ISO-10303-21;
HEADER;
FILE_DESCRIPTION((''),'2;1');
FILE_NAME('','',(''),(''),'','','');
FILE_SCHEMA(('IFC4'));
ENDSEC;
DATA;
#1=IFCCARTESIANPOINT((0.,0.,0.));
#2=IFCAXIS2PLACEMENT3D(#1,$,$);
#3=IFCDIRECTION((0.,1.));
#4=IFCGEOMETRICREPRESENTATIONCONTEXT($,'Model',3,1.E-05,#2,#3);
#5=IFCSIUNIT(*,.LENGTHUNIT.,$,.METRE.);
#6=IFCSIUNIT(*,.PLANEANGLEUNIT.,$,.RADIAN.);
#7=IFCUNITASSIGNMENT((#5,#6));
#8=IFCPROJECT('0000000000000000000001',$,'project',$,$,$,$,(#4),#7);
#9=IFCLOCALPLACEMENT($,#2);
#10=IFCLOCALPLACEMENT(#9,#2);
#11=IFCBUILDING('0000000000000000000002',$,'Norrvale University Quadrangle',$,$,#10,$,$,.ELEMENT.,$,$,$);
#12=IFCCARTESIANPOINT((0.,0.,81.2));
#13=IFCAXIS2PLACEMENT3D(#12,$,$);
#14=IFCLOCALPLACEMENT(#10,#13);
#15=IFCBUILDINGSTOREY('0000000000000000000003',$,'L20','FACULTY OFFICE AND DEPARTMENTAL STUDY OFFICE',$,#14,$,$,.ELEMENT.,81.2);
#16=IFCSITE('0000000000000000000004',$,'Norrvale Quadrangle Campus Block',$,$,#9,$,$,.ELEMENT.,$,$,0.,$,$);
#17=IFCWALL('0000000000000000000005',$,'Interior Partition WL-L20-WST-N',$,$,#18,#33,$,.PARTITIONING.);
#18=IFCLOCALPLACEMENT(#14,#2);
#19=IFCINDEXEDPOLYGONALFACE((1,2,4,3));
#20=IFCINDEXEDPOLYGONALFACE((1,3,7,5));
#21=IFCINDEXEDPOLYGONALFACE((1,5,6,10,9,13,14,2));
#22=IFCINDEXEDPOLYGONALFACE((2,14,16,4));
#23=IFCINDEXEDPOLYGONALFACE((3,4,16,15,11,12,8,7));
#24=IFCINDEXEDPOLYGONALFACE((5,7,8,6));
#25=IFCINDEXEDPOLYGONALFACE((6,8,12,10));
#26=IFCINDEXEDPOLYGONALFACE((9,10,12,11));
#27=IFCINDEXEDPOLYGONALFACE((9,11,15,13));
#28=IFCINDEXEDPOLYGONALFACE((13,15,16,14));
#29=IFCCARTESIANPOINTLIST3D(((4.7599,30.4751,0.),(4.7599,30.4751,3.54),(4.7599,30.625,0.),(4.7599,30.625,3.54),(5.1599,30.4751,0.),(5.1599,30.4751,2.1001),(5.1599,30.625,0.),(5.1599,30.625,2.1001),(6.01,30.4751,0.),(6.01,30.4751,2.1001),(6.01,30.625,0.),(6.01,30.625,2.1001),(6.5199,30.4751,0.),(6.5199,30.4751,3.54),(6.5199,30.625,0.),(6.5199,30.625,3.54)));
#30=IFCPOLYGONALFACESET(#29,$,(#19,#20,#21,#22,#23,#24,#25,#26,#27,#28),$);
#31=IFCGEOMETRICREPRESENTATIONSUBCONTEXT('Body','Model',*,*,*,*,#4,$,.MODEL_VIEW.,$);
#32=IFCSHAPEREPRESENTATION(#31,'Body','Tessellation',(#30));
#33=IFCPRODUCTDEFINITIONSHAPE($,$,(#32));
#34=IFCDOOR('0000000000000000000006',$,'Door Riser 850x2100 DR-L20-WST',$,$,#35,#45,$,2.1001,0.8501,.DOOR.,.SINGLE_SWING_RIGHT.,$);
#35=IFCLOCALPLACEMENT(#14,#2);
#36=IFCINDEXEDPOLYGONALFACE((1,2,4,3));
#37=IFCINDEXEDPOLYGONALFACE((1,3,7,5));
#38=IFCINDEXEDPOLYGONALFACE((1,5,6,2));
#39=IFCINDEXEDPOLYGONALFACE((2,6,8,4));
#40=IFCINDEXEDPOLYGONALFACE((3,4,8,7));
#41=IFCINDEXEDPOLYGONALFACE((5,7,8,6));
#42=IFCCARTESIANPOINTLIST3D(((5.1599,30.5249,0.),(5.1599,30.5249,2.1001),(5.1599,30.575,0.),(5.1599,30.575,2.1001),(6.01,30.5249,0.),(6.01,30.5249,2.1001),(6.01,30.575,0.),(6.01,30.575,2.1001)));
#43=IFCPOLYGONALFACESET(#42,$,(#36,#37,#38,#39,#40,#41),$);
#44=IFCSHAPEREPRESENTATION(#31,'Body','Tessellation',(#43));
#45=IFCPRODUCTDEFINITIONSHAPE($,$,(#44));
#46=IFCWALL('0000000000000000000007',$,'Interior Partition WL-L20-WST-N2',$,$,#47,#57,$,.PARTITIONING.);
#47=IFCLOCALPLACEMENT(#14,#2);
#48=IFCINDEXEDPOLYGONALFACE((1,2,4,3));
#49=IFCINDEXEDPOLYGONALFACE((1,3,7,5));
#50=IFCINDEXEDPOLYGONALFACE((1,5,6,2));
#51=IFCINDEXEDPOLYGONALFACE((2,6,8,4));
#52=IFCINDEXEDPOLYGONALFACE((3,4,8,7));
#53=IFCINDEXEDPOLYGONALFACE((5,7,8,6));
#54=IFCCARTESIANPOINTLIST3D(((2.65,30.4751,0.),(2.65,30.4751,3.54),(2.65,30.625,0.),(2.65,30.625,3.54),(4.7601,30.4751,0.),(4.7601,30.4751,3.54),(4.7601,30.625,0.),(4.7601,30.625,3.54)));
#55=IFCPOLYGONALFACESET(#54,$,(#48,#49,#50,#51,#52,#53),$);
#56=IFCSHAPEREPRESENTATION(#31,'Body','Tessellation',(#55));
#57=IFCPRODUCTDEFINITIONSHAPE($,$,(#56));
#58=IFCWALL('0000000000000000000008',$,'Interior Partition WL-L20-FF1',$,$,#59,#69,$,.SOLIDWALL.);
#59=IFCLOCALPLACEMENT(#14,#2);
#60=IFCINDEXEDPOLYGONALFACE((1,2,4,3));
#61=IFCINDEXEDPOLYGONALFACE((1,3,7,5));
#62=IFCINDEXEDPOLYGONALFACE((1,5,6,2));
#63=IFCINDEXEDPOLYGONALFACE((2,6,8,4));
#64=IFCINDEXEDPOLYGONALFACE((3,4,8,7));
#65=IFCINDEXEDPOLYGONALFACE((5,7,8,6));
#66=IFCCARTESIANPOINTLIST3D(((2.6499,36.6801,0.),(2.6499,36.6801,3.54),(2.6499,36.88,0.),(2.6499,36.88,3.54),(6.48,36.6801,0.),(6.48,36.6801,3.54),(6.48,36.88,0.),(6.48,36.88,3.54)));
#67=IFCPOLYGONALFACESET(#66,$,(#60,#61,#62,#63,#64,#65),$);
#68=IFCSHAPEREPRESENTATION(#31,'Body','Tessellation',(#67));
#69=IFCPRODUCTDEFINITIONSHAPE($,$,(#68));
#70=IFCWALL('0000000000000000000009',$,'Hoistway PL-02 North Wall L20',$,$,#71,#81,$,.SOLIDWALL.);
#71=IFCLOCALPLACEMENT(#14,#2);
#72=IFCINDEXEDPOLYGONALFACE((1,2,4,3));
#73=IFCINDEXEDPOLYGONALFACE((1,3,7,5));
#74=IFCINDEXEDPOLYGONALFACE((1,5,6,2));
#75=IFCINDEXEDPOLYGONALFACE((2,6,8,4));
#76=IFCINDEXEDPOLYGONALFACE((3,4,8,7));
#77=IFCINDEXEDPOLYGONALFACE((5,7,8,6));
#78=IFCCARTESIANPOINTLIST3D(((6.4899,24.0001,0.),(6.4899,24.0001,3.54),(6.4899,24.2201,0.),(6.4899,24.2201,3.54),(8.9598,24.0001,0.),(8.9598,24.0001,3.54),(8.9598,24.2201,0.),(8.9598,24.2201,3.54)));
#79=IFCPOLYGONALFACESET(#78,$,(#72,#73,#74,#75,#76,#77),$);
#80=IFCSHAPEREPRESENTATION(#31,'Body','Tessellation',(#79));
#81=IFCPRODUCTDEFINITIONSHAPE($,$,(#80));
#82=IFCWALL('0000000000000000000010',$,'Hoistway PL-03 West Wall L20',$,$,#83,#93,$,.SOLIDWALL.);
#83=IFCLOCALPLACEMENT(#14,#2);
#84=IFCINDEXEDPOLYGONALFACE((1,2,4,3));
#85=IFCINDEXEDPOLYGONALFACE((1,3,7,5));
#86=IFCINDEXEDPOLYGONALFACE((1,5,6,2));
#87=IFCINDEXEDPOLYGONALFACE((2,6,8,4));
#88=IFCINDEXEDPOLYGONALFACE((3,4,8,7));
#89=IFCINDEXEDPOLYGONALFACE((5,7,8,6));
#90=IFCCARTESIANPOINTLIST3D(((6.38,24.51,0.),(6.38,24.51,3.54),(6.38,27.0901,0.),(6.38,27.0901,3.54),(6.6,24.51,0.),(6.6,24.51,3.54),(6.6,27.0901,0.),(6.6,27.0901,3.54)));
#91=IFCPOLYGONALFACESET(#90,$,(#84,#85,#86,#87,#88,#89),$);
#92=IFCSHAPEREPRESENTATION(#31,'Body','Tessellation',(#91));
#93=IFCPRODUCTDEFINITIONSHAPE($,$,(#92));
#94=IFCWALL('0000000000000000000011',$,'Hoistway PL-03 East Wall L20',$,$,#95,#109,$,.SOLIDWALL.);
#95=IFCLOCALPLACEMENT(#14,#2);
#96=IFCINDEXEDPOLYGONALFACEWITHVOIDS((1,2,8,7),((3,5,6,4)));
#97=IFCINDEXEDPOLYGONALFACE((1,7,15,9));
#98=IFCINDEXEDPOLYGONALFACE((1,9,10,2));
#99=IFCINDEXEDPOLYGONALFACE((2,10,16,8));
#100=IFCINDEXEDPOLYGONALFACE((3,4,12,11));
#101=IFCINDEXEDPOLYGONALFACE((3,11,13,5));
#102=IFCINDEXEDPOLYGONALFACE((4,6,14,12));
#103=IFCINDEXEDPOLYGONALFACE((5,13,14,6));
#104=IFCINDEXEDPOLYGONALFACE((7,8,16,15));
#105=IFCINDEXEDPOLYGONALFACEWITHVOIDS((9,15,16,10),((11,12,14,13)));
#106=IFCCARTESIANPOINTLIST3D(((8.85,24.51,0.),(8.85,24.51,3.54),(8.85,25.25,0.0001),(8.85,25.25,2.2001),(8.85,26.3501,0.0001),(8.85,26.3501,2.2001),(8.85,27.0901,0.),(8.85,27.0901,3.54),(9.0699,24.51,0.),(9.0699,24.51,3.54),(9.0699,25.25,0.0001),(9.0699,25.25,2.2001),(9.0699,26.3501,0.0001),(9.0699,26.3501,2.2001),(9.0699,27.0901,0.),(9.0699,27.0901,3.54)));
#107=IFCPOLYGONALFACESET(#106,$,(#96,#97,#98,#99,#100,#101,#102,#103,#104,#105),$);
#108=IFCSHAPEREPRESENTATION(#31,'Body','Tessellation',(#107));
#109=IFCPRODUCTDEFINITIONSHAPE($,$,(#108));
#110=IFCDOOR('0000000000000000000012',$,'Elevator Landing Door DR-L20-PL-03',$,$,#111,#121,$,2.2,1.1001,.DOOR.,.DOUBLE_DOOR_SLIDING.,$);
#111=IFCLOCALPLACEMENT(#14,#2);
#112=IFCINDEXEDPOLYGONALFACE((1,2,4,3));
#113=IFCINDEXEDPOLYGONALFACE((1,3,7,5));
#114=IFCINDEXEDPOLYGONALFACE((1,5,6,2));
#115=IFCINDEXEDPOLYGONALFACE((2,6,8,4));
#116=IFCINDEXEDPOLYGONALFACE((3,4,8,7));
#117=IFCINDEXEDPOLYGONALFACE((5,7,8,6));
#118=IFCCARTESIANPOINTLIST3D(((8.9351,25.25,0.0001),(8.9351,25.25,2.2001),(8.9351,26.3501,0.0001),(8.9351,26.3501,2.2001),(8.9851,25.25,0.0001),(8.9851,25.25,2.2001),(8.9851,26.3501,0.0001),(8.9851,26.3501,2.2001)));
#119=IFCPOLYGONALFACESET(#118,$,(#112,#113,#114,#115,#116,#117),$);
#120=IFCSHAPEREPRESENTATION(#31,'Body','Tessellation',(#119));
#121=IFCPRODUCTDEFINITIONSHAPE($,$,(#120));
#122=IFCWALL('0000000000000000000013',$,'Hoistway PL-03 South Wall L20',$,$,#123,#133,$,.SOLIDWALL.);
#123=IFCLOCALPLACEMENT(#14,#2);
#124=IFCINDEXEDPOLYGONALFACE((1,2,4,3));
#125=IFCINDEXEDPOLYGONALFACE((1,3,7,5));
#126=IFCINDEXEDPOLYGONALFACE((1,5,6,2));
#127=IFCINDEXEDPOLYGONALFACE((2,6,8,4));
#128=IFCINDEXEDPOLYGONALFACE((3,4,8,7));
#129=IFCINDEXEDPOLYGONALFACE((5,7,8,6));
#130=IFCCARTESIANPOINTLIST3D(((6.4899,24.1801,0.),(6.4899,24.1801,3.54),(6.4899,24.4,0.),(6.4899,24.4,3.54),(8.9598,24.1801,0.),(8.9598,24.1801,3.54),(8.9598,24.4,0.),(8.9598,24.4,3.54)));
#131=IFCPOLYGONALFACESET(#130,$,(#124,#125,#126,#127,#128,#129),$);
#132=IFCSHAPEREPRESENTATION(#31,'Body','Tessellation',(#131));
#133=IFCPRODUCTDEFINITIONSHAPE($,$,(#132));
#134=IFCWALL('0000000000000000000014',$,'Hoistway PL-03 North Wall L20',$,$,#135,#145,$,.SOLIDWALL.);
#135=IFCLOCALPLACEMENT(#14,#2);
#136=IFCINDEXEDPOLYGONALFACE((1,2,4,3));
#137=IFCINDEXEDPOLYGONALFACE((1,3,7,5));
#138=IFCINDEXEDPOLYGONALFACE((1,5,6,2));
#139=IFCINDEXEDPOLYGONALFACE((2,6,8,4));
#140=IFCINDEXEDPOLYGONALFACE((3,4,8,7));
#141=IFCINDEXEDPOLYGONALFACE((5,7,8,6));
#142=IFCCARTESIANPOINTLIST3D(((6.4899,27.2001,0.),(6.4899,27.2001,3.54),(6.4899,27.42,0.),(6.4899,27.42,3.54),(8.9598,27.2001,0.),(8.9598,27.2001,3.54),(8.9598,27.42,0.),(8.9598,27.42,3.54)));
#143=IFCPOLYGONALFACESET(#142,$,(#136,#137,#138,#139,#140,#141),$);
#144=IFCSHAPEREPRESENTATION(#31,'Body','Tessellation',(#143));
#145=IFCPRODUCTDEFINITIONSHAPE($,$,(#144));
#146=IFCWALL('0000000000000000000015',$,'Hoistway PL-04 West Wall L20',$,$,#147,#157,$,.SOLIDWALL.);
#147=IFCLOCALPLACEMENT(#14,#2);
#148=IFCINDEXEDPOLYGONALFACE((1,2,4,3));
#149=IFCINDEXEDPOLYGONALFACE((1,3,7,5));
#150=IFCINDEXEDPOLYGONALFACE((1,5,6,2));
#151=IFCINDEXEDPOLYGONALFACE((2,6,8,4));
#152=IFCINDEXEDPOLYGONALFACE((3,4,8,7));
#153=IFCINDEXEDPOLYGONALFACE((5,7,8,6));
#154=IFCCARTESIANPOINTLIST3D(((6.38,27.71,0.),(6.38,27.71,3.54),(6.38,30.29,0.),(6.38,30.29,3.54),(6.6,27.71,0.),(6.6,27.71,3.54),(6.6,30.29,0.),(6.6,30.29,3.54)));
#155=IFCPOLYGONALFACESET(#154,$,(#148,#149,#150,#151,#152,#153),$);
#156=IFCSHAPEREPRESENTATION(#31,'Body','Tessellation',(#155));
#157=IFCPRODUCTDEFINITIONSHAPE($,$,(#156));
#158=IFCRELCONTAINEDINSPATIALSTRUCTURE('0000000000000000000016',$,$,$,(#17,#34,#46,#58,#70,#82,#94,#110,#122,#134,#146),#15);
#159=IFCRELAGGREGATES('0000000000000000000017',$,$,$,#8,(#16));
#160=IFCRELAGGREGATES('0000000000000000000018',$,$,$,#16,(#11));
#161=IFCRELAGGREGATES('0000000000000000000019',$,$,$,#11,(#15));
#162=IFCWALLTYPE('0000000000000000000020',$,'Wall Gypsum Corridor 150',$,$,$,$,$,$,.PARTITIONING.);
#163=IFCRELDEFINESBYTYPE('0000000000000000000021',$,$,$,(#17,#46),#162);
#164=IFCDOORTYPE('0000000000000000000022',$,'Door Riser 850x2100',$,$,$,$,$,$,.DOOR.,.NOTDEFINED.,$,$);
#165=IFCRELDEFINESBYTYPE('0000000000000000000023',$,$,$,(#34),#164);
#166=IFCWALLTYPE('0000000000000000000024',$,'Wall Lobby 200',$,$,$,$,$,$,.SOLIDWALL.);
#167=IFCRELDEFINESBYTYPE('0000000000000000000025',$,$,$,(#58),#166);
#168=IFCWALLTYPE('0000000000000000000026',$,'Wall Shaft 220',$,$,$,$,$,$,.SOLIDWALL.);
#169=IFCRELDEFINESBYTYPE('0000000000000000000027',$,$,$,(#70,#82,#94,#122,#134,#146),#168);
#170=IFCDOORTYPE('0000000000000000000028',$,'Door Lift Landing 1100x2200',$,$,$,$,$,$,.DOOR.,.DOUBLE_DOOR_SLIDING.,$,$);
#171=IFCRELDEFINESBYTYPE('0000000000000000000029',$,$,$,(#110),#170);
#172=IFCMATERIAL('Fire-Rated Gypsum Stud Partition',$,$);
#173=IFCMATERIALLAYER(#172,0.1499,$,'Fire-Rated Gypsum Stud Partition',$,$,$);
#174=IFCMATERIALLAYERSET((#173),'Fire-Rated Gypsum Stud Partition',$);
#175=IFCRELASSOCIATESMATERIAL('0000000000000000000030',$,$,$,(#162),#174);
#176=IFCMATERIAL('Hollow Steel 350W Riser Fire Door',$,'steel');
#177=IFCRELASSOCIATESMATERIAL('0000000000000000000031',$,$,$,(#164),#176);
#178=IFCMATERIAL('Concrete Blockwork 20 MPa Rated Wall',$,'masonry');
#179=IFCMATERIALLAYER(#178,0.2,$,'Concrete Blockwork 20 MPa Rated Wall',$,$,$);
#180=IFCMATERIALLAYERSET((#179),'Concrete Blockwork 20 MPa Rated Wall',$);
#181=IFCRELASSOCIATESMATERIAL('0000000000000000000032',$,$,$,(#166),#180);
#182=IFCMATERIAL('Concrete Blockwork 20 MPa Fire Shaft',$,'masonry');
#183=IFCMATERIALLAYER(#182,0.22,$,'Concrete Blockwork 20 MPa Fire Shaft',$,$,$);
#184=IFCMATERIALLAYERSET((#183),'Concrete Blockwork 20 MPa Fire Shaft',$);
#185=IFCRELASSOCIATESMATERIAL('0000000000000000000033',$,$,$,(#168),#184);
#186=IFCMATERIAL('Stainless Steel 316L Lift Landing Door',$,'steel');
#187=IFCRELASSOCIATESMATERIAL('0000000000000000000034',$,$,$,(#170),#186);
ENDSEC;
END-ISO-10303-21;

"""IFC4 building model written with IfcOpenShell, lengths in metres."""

from ifc_helpers import new_model, si_unit, direction, frame, frame_2d, origin, place, context, subcontext, project, spatial, rectangle, extrude, material, layer, layer_set, type_object, element, fill, save


model = new_model("IFC4")

# Units and contexts
model_context = context("Model", 3, precision=1e-05, world=origin(), true_north=direction((0.0, 1.0)))
body_context = subcontext(model_context, "Body", "Model", "MODEL_VIEW")
ifc_project = project(units=[si_unit("LENGTHUNIT", "METRE"), si_unit("PLANEANGLEUNIT", "RADIAN")], contexts=[model_context])

# Site, building, storey
site_placement = place(None, origin())
site = spatial("IfcSite", under=ifc_project, at=site_placement, Name="Norrvale Quadrangle Campus Block", CompositionType="ELEMENT", RefElevation=0.0)
building_placement = place(site_placement, origin())
building = spatial("IfcBuilding", under=site, at=building_placement, Name="Norrvale University Quadrangle", CompositionType="ELEMENT")
storey_placement = place(building_placement, frame((0.0, 0.0, 81.2)))
storey = spatial("IfcBuildingStorey", under=building, at=storey_placement, Name="L20", Description="FACULTY OFFICE AND DEPARTMENTAL STUDY OFFICE", CompositionType="ELEMENT", Elevation=81.2)

# Wall, opening, door
ifc_material_1 = material(Name="Fire-Rated Gypsum Stud Partition")
ifc_layer_1 = layer(ifc_material_1, 0.1499, Name="Fire-Rated Gypsum Stud Partition")
ifc_layer_set_1 = layer_set([ifc_layer_1], Name="Fire-Rated Gypsum Stud Partition")
wall_type_1 = type_object("IfcWallType", Name="Wall Gypsum Corridor 150", PredefinedType="PARTITIONING", material=ifc_layer_set_1)
ifc_material_2 = material(Name="Hollow Steel 350W Riser Fire Door", Category="steel")
door_type_1 = type_object("IfcDoorType", Name="Door Riser 850x2100", OperationType="NOTDEFINED", PredefinedType="DOOR", material=ifc_material_2)
wall_1_placement = place(storey_placement, frame((4.76, 30.55, 0.0), z_axis=(0.0, 0.0, 1.0), x_axis=(1.0, 0.0, 0.0)))
wall_1 = element("IfcWall", 1, at=wall_1_placement, inside=storey, type_object=wall_type_1, Name="Interior Partition WL-L20-WST-N", PredefinedType="PARTITIONING", context=body_context, shape_type="SweptSolid", body=[
    extrude(rectangle(XDim=1.76, YDim=0.1499, at=frame_2d((0.8799, 0.0))), origin(), (0.0, 0.0, 1.0), 3.54),
])
opening_1_placement = place(wall_1_placement, frame((0.3999, 0.0, 0.0)))
opening_1 = element("IfcOpeningElement", 2, at=opening_1_placement, cuts=wall_1, PredefinedType="OPENING", context=body_context, shape_type="SweptSolid", body=[
    extrude(rectangle(XDim=0.8501, YDim=2.1001, at=frame_2d((0.425, 1.05))), frame((0.0, 0.0869, 0.0), z_axis=(0.0, -1.0, 0.0), x_axis=(1.0, 0.0, 0.0)), (0.0, 0.0, 1.0), 0.1738),
])
door_1_placement = place(opening_1_placement, origin())
door_1 = element("IfcDoor", 3, at=door_1_placement, inside=storey, type_object=door_type_1, Name="Door Riser 850x2100 DR-L20-WST", OperationType="SINGLE_SWING_RIGHT", OverallHeight=2.1001, OverallWidth=0.8501, PredefinedType="DOOR", context=body_context, shape_type="SweptSolid", body=[
    extrude(rectangle(XDim=0.8501, YDim=2.1001, at=frame_2d((0.425, 1.05))), frame((0.0, 0.0249, 0.0), z_axis=(0.0, -1.0, 0.0), x_axis=(1.0, 0.0, 0.0)), (0.0, 0.0, 1.0), 0.05),
])
fill(opening_1, door_1)

# Walls
wall_2_placement = place(storey_placement, frame((2.6499, 30.55, 0.0), z_axis=(0.0, 0.0, 1.0), x_axis=(1.0, 0.0, 0.0)))
element("IfcWall", 4, at=wall_2_placement, inside=storey, type_object=wall_type_1, Name="Interior Partition WL-L20-WST-N2", PredefinedType="PARTITIONING", context=body_context, shape_type="SweptSolid", body=[
    extrude(rectangle(XDim=2.1101, YDim=0.1499, at=frame_2d((1.0552, 0.0))), origin(), (0.0, 0.0, 1.0), 3.54),
])
ifc_material_3 = material(Name="Concrete Blockwork 20 MPa Rated Wall", Category="masonry")
ifc_layer_2 = layer(ifc_material_3, 0.2, Name="Concrete Blockwork 20 MPa Rated Wall")
ifc_layer_set_2 = layer_set([ifc_layer_2], Name="Concrete Blockwork 20 MPa Rated Wall")
wall_type_2 = type_object("IfcWallType", Name="Wall Lobby 200", PredefinedType="SOLIDWALL", material=ifc_layer_set_2)
wall_3_placement = place(storey_placement, frame((2.6499, 36.78, 0.0), z_axis=(0.0, 0.0, 1.0), x_axis=(1.0, 0.0, 0.0)))
element("IfcWall", 5, at=wall_3_placement, inside=storey, type_object=wall_type_2, Name="Interior Partition WL-L20-FF1", PredefinedType="SOLIDWALL", context=body_context, shape_type="SweptSolid", body=[
    extrude(rectangle(XDim=3.8301, YDim=0.2, at=frame_2d((1.915, 0.0))), origin(), (0.0, 0.0, 1.0), 3.54),
])
ifc_material_4 = material(Name="Concrete Blockwork 20 MPa Fire Shaft", Category="masonry")
ifc_layer_3 = layer(ifc_material_4, 0.22, Name="Concrete Blockwork 20 MPa Fire Shaft")
ifc_layer_set_3 = layer_set([ifc_layer_3], Name="Concrete Blockwork 20 MPa Fire Shaft")
wall_type_3 = type_object("IfcWallType", Name="Wall Shaft 220", PredefinedType="SOLIDWALL", material=ifc_layer_set_3)
wall_4_placement = place(storey_placement, frame((6.49, 24.1101, 0.0), z_axis=(0.0, 0.0, 1.0), x_axis=(1.0, 0.0, 0.0)))
element("IfcWall", 6, at=wall_4_placement, inside=storey, type_object=wall_type_3, Name="Hoistway PL-02 North Wall L20", PredefinedType="SOLIDWALL", context=body_context, shape_type="SweptSolid", body=[
    extrude(rectangle(XDim=2.47, YDim=0.22, at=frame_2d((1.2349, 0.0))), origin(), (0.0, 0.0, 1.0), 3.54),
])
wall_5_placement = place(storey_placement, frame((6.49, 24.51, 0.0), z_axis=(0.0, 0.0, 1.0), x_axis=(0.0, 1.0, 0.0)))
element("IfcWall", 7, at=wall_5_placement, inside=storey, type_object=wall_type_3, Name="Hoistway PL-03 West Wall L20", PredefinedType="SOLIDWALL", context=body_context, shape_type="SweptSolid", body=[
    extrude(rectangle(XDim=2.5801, YDim=0.22, at=frame_2d((1.29, 0.0))), origin(), (0.0, 0.0, 1.0), 3.54),
])

# Wall, opening, door
wall_6_placement = place(storey_placement, frame((8.96, 24.51, 0.0), z_axis=(0.0, 0.0, 1.0), x_axis=(0.0, 1.0, 0.0)))
wall_6 = element("IfcWall", 8, at=wall_6_placement, inside=storey, type_object=wall_type_3, Name="Hoistway PL-03 East Wall L20", PredefinedType="SOLIDWALL", context=body_context, shape_type="SweptSolid", body=[
    extrude(rectangle(XDim=2.5801, YDim=0.22, at=frame_2d((1.29, 0.0))), origin(), (0.0, 0.0, 1.0), 3.54),
])
opening_2_placement = place(wall_6_placement, frame((0.74, 0.0, 0.0)))
opening_2 = element("IfcOpeningElement", 9, at=opening_2_placement, cuts=wall_6, PredefinedType="OPENING", context=body_context, shape_type="SweptSolid", body=[
    extrude(rectangle(XDim=1.1001, YDim=2.2, at=frame_2d((0.55, 1.1001))), frame((0.0, 0.1221, 0.0), z_axis=(0.0, -1.0, 0.0), x_axis=(1.0, 0.0, 0.0)), (0.0, 0.0, 1.0), 0.2439),
])
ifc_material_5 = material(Name="Stainless Steel 316L Lift Landing Door", Category="steel")
door_type_2 = type_object("IfcDoorType", Name="Door Lift Landing 1100x2200", OperationType="DOUBLE_DOOR_SLIDING", PredefinedType="DOOR", material=ifc_material_5)
door_2_placement = place(opening_2_placement, origin())
door_2 = element("IfcDoor", 10, at=door_2_placement, inside=storey, type_object=door_type_2, Name="Elevator Landing Door DR-L20-PL-03", OperationType="DOUBLE_DOOR_SLIDING", OverallHeight=2.2, OverallWidth=1.1001, PredefinedType="DOOR", context=body_context, shape_type="SweptSolid", body=[
    extrude(rectangle(XDim=1.1001, YDim=2.2, at=frame_2d((0.55, 1.1001))), frame((0.0, 0.0249, 0.0), z_axis=(0.0, -1.0, 0.0), x_axis=(1.0, 0.0, 0.0)), (0.0, 0.0, 1.0), 0.05),
])
fill(opening_2, door_2)

# Walls
for number, where, z_axis, x_axis, name in (
    (11, (6.49, 24.29, 0.0), (0.0, 0.0, 1.0), (1.0, 0.0, 0.0), "Hoistway PL-03 South Wall L20"),
    (12, (6.49, 27.3101, 0.0), (0.0, 0.0, 1.0), (1.0, 0.0, 0.0), "Hoistway PL-03 North Wall L20"),
):
    element("IfcWall", number, at=place(storey_placement, frame(where, z_axis=z_axis, x_axis=x_axis)), inside=storey, type_object=wall_type_3, Name=name, PredefinedType="SOLIDWALL", context=body_context, shape_type="SweptSolid", body=[
        extrude(rectangle(XDim=2.47, YDim=0.22, at=frame_2d((1.2349, 0.0))), origin(), (0.0, 0.0, 1.0), 3.54),
    ])
wall_7_placement = place(storey_placement, frame((6.49, 27.71, 0.0), z_axis=(0.0, 0.0, 1.0), x_axis=(0.0, 1.0, 0.0)))
element("IfcWall", 13, at=wall_7_placement, inside=storey, type_object=wall_type_3, Name="Hoistway PL-04 West Wall L20", PredefinedType="SOLIDWALL", context=body_context, shape_type="SweptSolid", body=[
    extrude(rectangle(XDim=2.5801, YDim=0.22, at=frame_2d((1.29, 0.0))), origin(), (0.0, 0.0, 1.0), 3.54),
])

save(model, "model.ifc")
